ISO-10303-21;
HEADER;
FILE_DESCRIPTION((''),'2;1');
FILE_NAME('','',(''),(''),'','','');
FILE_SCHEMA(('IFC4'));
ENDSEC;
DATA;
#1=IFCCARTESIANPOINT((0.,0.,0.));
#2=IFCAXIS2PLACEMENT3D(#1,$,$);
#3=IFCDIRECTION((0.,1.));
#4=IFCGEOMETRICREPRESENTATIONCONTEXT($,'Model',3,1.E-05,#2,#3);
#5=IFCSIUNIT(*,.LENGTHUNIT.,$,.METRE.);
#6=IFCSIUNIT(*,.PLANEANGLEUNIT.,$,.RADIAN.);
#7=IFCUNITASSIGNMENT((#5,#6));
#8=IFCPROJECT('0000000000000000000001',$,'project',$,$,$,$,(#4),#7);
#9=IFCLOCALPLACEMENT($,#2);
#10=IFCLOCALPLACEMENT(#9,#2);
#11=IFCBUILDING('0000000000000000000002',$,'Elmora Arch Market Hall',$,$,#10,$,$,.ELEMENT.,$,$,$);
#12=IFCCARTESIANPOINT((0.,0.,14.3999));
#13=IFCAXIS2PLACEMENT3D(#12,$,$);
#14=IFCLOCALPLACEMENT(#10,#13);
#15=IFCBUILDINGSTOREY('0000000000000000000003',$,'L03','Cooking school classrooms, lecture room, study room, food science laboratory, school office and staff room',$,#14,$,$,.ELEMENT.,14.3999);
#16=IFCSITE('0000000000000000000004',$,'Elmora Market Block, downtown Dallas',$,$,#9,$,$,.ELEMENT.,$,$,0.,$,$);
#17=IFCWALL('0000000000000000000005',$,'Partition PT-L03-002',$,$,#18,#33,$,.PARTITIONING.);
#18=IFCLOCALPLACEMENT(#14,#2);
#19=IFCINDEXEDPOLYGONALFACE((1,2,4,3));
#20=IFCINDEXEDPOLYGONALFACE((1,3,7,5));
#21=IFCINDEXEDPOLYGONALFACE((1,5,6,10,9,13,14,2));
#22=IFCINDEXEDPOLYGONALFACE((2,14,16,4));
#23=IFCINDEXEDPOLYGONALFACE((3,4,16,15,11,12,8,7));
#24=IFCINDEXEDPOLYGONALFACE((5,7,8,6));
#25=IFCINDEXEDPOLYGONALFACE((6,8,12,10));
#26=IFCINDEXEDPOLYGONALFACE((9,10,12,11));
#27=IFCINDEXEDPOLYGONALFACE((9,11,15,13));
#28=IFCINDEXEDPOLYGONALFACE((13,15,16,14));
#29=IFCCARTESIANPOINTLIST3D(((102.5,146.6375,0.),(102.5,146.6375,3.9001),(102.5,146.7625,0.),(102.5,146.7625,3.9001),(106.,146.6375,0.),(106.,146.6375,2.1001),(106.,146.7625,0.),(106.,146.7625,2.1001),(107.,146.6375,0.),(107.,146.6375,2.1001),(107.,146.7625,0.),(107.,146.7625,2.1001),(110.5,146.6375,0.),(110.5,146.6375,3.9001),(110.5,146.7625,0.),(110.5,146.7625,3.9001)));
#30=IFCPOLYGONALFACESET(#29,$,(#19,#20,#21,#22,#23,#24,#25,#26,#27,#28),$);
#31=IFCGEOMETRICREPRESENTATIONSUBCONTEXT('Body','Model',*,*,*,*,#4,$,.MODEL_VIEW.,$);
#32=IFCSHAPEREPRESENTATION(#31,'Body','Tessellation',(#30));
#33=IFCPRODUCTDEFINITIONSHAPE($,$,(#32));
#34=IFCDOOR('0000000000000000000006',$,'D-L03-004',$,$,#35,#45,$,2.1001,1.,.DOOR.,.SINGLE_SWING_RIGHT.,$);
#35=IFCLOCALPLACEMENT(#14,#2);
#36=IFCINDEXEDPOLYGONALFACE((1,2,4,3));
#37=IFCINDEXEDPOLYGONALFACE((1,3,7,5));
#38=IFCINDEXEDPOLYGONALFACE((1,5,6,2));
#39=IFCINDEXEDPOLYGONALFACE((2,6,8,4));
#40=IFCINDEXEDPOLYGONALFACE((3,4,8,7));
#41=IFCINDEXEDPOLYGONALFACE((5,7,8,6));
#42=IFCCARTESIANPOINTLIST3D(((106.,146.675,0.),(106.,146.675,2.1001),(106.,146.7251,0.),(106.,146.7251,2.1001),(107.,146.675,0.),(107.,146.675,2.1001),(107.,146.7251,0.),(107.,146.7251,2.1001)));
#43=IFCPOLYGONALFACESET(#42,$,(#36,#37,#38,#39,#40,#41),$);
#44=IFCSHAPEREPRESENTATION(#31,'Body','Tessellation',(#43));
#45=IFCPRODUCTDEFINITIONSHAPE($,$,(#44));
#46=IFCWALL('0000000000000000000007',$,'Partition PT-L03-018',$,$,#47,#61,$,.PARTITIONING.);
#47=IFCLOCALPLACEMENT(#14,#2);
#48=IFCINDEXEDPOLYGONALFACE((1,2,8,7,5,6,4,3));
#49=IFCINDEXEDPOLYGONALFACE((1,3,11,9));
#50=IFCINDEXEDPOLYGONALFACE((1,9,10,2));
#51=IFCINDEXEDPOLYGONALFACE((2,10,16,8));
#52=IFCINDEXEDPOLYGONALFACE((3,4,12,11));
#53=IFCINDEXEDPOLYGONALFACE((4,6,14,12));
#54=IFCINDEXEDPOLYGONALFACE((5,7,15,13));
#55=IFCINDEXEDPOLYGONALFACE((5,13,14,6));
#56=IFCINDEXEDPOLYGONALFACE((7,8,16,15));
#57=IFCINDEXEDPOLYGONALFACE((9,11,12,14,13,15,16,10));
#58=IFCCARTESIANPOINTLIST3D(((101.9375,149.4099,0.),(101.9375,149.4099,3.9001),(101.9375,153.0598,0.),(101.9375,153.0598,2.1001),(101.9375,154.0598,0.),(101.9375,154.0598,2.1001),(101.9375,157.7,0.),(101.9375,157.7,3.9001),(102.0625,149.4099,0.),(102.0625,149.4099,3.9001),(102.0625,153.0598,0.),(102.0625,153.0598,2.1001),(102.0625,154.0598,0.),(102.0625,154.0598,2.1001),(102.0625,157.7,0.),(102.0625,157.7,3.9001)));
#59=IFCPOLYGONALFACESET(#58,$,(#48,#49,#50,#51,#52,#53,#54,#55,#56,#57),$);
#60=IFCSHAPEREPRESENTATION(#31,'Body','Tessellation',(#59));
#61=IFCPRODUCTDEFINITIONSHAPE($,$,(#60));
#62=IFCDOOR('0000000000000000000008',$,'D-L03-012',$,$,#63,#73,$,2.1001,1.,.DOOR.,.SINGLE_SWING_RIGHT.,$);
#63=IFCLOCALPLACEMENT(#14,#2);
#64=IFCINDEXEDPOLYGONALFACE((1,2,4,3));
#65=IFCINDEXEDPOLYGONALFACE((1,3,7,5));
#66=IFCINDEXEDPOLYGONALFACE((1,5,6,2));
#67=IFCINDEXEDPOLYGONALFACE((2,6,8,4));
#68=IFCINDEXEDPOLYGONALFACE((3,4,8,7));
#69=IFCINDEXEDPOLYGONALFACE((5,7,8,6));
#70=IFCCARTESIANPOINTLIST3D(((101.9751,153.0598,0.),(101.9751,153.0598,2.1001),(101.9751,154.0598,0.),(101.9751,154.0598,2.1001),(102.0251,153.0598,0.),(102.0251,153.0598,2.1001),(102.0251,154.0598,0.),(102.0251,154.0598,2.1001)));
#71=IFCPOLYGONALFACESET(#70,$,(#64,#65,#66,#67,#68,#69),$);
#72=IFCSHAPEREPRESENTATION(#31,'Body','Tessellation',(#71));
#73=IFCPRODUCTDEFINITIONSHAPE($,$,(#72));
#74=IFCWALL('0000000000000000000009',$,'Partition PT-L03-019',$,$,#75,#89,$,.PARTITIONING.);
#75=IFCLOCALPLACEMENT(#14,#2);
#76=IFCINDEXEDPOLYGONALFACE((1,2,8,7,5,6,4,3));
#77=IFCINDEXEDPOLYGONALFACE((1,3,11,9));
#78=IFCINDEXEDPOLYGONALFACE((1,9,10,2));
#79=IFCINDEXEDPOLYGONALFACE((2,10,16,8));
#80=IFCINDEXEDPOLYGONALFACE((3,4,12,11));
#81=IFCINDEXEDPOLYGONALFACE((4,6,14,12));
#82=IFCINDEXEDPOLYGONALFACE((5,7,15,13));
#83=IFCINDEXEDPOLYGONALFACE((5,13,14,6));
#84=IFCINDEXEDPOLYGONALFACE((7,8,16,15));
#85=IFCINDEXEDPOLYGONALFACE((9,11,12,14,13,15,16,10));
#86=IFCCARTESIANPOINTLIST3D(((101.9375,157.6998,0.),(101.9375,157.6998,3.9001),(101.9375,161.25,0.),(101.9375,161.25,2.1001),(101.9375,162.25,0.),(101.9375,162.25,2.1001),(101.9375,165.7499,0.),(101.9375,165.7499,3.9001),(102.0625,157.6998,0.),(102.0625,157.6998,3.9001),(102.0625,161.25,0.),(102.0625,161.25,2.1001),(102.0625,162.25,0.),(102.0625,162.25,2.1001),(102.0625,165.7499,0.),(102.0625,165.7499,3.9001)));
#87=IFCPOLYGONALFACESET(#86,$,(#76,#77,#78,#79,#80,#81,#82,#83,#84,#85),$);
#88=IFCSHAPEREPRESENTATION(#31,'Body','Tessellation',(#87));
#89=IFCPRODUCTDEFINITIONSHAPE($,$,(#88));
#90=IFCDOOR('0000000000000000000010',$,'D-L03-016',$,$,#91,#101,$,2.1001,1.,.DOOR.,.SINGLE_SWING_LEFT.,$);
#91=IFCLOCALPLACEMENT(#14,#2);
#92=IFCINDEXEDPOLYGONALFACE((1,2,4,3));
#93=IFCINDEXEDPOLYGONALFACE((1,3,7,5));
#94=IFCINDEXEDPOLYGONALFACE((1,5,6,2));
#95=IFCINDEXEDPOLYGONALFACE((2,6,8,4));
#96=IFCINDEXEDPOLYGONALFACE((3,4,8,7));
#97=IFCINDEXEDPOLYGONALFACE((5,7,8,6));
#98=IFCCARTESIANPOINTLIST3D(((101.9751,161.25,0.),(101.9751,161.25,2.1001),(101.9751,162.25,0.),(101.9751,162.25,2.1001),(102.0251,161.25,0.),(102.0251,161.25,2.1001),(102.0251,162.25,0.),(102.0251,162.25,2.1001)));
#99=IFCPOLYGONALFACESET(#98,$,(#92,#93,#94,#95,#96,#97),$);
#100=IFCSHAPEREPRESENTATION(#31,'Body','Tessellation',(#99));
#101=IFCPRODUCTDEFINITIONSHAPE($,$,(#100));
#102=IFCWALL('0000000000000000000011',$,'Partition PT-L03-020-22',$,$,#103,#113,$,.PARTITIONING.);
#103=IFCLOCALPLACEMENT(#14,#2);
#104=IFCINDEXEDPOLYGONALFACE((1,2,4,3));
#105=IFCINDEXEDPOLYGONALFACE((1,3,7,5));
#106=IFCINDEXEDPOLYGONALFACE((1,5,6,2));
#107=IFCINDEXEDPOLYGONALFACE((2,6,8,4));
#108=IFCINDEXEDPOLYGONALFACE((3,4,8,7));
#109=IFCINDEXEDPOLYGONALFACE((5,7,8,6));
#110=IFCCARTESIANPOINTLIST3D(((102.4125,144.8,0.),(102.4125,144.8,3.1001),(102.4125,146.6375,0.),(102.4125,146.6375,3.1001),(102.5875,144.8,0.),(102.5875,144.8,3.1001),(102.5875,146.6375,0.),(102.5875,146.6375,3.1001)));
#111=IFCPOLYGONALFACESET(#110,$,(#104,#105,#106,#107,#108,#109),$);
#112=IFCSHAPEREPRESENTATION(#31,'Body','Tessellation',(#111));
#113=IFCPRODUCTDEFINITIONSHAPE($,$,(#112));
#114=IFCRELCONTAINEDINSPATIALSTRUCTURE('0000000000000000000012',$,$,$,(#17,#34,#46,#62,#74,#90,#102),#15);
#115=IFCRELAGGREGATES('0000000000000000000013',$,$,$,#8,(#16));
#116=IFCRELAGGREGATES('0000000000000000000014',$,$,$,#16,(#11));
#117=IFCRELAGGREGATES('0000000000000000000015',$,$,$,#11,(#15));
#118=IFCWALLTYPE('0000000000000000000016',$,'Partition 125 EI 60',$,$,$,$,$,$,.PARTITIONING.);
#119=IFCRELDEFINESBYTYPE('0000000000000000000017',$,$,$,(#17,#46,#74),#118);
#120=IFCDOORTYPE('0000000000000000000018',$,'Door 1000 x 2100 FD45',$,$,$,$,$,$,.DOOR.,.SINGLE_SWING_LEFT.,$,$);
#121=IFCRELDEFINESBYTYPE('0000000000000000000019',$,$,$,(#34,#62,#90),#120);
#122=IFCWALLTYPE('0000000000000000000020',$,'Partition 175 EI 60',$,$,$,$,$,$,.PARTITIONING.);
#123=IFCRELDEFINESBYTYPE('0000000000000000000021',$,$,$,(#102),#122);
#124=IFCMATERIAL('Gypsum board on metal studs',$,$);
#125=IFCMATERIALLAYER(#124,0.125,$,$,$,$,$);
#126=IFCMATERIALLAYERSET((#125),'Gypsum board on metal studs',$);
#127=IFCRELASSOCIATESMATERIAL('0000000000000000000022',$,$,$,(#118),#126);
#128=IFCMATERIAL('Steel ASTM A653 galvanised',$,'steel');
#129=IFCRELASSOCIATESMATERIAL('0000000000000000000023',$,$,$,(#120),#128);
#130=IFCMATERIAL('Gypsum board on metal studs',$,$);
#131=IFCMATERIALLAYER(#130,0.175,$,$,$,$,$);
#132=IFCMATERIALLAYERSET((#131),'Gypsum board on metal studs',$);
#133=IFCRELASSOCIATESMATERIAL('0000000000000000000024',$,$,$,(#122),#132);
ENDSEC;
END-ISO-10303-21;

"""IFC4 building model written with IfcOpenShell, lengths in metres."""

from ifc_helpers import new_model, si_unit, direction, frame, frame_2d, origin, place, context, subcontext, project, spatial, rectangle, extrude, material, layer, layer_set, type_object, element, fill, save


model = new_model("IFC4")

# Units and contexts
model_context = context("Model", 3, precision=1e-05, world=origin(), true_north=direction((0.0, 1.0)))
body_context = subcontext(model_context, "Body", "Model", "MODEL_VIEW")
ifc_project = project(units=[si_unit("LENGTHUNIT", "METRE"), si_unit("PLANEANGLEUNIT", "RADIAN")], contexts=[model_context])

# Site, building, storey
site_placement = place(None, origin())
site = spatial("IfcSite", under=ifc_project, at=site_placement, Name="Elmora Market Block, downtown Dallas", CompositionType="ELEMENT", RefElevation=0.0)
building_placement = place(site_placement, origin())
building = spatial("IfcBuilding", under=site, at=building_placement, Name="Elmora Arch Market Hall", CompositionType="ELEMENT")
storey_placement = place(building_placement, frame((0.0, 0.0, 14.3999)))
storey = spatial("IfcBuildingStorey", under=building, at=storey_placement, Name="L03", Description="Cooking school classrooms, lecture room, study room, food science laboratory, school office and staff room", CompositionType="ELEMENT", Elevation=14.3999)

# Walls, openings, doors
ifc_material_1 = material(Name="Gypsum board on metal studs")
ifc_layer_1 = layer(ifc_material_1, 0.125)
ifc_layer_set_1 = layer_set([ifc_layer_1], Name="Gypsum board on metal studs")
wall_type_1 = type_object("IfcWallType", Name="Partition 125 EI 60", PredefinedType="PARTITIONING", material=ifc_layer_set_1)
wall_1_placement = place(storey_placement, frame((102.5, 146.7, 0.0), z_axis=(0.0, 0.0, 1.0), x_axis=(1.0, 0.0, 0.0)))
wall_1 = element("IfcWall", 1, at=wall_1_placement, inside=storey, type_object=wall_type_1, Name="Partition PT-L03-002", PredefinedType="PARTITIONING", context=body_context, shape_type="SweptSolid", body=[
    extrude(rectangle(XDim=8.0, YDim=0.125, at=frame_2d((4.0, 0.0))), origin(), (0.0, 0.0, 1.0), 3.9001),
])
opening_1_placement = place(wall_1_placement, frame((3.5, 0.0, 0.0)))
opening_1 = element("IfcOpeningElement", 2, at=opening_1_placement, cuts=wall_1, PredefinedType="OPENING", context=body_context, shape_type="SweptSolid", body=[
    extrude(rectangle(XDim=1.0, YDim=2.1001, at=frame_2d((0.5, 1.05))), frame((0.0, 0.0725, 0.0), z_axis=(0.0, -1.0, 0.0), x_axis=(1.0, 0.0, 0.0)), (0.0, 0.0, 1.0), 0.145),
])
ifc_material_2 = material(Name="Steel ASTM A653 galvanised", Category="steel")
door_type_1 = type_object("IfcDoorType", Name="Door 1000 x 2100 FD45", OperationType="SINGLE_SWING_LEFT", PredefinedType="DOOR", material=ifc_material_2)
door_1_placement = place(opening_1_placement, frame((1.0, 0.0, 0.0), z_axis=(0.0, 0.0, 1.0), x_axis=(-1.0, 0.0, 0.0)))
door_1 = element("IfcDoor", 3, at=door_1_placement, inside=storey, type_object=door_type_1, Name="D-L03-004", OperationType="SINGLE_SWING_RIGHT", OverallHeight=2.1001, OverallWidth=1.0, PredefinedType="DOOR", context=body_context, shape_type="SweptSolid", body=[
    extrude(rectangle(XDim=1.0, YDim=2.1001, at=frame_2d((0.5, 1.05))), frame((0.0, 0.0249, 0.0), z_axis=(0.0, -1.0, 0.0), x_axis=(1.0, 0.0, 0.0)), (0.0, 0.0, 1.0), 0.05),
])
fill(opening_1, door_1)
wall_2_placement = place(storey_placement, frame((102.0, 149.4099, 0.0), z_axis=(0.0, 0.0, 1.0), x_axis=(0.0, 1.0, 0.0)))
wall_2 = element("IfcWall", 4, at=wall_2_placement, inside=storey, type_object=wall_type_1, Name="Partition PT-L03-018", PredefinedType="PARTITIONING", context=body_context, shape_type="SweptSolid", body=[
    extrude(rectangle(XDim=8.29, YDim=0.125, at=frame_2d((4.145, 0.0))), origin(), (0.0, 0.0, 1.0), 3.9001),
])
opening_2_placement = place(wall_2_placement, frame((3.6499, 0.0, 0.0)))
opening_2 = element("IfcOpeningElement", 5, at=opening_2_placement, cuts=wall_2, PredefinedType="OPENING", context=body_context, shape_type="SweptSolid", body=[
    extrude(rectangle(XDim=1.0, YDim=2.1001, at=frame_2d((0.5, 1.05))), frame((0.0, 0.0725, 0.0), z_axis=(0.0, -1.0, 0.0), x_axis=(1.0, 0.0, 0.0)), (0.0, 0.0, 1.0), 0.145),
])
door_2_placement = place(opening_2_placement, origin())
door_2 = element("IfcDoor", 6, at=door_2_placement, inside=storey, type_object=door_type_1, Name="D-L03-012", OperationType="SINGLE_SWING_RIGHT", OverallHeight=2.1001, OverallWidth=1.0, PredefinedType="DOOR", context=body_context, shape_type="SweptSolid", body=[
    extrude(rectangle(XDim=1.0, YDim=2.1001, at=frame_2d((0.5, 1.05))), frame((0.0, 0.0249, 0.0), z_axis=(0.0, -1.0, 0.0), x_axis=(1.0, 0.0, 0.0)), (0.0, 0.0, 1.0), 0.05),
])
fill(opening_2, door_2)
wall_3_placement = place(storey_placement, frame((102.0, 157.7, 0.0), z_axis=(0.0, 0.0, 1.0), x_axis=(0.0, 1.0, 0.0)))
wall_3 = element("IfcWall", 7, at=wall_3_placement, inside=storey, type_object=wall_type_1, Name="Partition PT-L03-019", PredefinedType="PARTITIONING", context=body_context, shape_type="SweptSolid", body=[
    extrude(rectangle(XDim=8.05, YDim=0.125, at=frame_2d((4.0249, 0.0))), origin(), (0.0, 0.0, 1.0), 3.9001),
])
opening_3_placement = place(wall_3_placement, frame((3.55, 0.0, 0.0)))
opening_3 = element("IfcOpeningElement", 8, at=opening_3_placement, cuts=wall_3, PredefinedType="OPENING", context=body_context, shape_type="SweptSolid", body=[
    extrude(rectangle(XDim=1.0, YDim=2.1001, at=frame_2d((0.5, 1.05))), frame((0.0, 0.0725, 0.0), z_axis=(0.0, -1.0, 0.0), x_axis=(1.0, 0.0, 0.0)), (0.0, 0.0, 1.0), 0.145),
])
door_3_placement = place(opening_3_placement, origin())
door_3 = element("IfcDoor", 9, at=door_3_placement, inside=storey, type_object=door_type_1, Name="D-L03-016", OperationType="SINGLE_SWING_LEFT", OverallHeight=2.1001, OverallWidth=1.0, PredefinedType="DOOR", context=body_context, shape_type="SweptSolid", body=[
    extrude(rectangle(XDim=1.0, YDim=2.1001, at=frame_2d((0.5, 1.05))), frame((0.0, 0.0249, 0.0), z_axis=(0.0, -1.0, 0.0), x_axis=(1.0, 0.0, 0.0)), (0.0, 0.0, 1.0), 0.05),
])
fill(opening_3, door_3)

# Wall
ifc_material_3 = material(Name="Gypsum board on metal studs")
ifc_layer_2 = layer(ifc_material_3, 0.175)
ifc_layer_set_2 = layer_set([ifc_layer_2], Name="Gypsum board on metal studs")
wall_type_2 = type_object("IfcWallType", Name="Partition 175 EI 60", PredefinedType="PARTITIONING", material=ifc_layer_set_2)
wall_4_placement = place(storey_placement, frame((102.5, 144.8, 0.0), z_axis=(0.0, 0.0, 1.0), x_axis=(0.0, 1.0, 0.0)))
element("IfcWall", 10, at=wall_4_placement, inside=storey, type_object=wall_type_2, Name="Partition PT-L03-020-22", PredefinedType="PARTITIONING", context=body_context, shape_type="SweptSolid", body=[
    extrude(rectangle(XDim=1.8374, YDim=0.175, at=frame_2d((0.9187, 0.0))), origin(), (0.0, 0.0, 1.0), 3.1001),
])

save(model, "model.ifc")
